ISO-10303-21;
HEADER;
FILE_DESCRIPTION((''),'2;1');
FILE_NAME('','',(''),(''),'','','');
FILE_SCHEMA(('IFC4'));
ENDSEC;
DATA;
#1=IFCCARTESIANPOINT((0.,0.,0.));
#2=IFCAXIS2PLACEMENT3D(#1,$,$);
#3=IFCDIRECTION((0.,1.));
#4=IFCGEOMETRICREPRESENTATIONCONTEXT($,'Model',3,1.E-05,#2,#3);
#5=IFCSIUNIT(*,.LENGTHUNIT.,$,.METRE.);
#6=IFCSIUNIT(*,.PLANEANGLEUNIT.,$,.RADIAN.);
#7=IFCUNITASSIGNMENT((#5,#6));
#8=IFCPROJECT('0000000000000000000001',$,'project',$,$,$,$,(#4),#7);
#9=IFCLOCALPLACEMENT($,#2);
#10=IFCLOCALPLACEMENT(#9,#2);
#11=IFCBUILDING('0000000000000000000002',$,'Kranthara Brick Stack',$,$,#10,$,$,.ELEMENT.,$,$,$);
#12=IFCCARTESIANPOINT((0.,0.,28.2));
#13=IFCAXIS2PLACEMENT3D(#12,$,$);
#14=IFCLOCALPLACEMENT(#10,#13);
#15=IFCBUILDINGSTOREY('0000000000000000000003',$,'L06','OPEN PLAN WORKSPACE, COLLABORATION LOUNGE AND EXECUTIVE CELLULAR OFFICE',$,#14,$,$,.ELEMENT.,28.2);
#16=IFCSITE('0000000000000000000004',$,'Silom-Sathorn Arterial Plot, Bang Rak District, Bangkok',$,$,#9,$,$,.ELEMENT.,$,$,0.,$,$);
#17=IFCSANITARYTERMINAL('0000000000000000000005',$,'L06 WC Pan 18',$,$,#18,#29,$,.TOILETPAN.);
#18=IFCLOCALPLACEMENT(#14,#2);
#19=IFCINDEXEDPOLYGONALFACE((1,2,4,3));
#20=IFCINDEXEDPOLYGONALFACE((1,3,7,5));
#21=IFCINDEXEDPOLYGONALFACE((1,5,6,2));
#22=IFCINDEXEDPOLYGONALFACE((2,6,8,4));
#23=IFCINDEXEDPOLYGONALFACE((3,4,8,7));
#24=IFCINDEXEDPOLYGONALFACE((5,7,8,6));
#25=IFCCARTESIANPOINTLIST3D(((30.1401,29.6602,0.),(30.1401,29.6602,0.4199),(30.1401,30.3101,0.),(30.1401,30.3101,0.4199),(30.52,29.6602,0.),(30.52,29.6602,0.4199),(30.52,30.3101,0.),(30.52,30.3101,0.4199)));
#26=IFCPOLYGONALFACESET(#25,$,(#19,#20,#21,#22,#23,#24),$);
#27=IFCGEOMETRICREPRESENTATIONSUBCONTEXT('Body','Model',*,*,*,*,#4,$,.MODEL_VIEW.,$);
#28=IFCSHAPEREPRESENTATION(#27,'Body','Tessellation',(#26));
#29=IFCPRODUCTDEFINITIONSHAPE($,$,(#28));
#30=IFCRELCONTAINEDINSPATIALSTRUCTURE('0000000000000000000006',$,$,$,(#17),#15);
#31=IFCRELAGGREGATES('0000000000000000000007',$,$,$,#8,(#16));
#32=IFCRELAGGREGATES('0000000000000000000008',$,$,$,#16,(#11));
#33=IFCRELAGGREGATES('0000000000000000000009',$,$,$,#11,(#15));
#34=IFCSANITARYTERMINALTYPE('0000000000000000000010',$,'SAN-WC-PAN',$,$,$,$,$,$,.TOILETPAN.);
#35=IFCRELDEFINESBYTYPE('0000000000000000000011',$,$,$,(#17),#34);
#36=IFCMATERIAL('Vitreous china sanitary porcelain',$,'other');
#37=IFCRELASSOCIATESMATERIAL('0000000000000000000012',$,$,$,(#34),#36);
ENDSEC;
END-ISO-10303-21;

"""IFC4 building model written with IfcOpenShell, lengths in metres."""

from ifc_helpers import new_model, si_unit, direction, frame, origin, origin_2d, place, context, subcontext, project, spatial, rectangle, extrude, material, type_object, element, save


model = new_model("IFC4")

# Units and contexts
model_context = context("Model", 3, precision=1e-05, world=origin(), true_north=direction((0.0, 1.0)))
body_context = subcontext(model_context, "Body", "Model", "MODEL_VIEW")
ifc_project = project(units=[si_unit("LENGTHUNIT", "METRE"), si_unit("PLANEANGLEUNIT", "RADIAN")], contexts=[model_context])

# Site, building, storey
site_placement = place(None, origin())
site = spatial("IfcSite", under=ifc_project, at=site_placement, Name="Silom-Sathorn Arterial Plot, Bang Rak District, Bangkok", CompositionType="ELEMENT", RefElevation=0.0)
building_placement = place(site_placement, origin())
building = spatial("IfcBuilding", under=site, at=building_placement, Name="Kranthara Brick Stack", CompositionType="ELEMENT")
storey_placement = place(building_placement, frame((0.0, 0.0, 28.2)))
storey = spatial("IfcBuildingStorey", under=building, at=storey_placement, Name="L06", Description="OPEN PLAN WORKSPACE, COLLABORATION LOUNGE AND EXECUTIVE CELLULAR OFFICE", CompositionType="ELEMENT", Elevation=28.2)

# Sanitary terminal
ifc_material_1 = material(Name="Vitreous china sanitary porcelain", Category="other")
sanitary_terminal_type_1 = type_object("IfcSanitaryTerminalType", Name="SAN-WC-PAN", PredefinedType="TOILETPAN", material=ifc_material_1)
for number, where, z_axis, x_axis, name in (
    (1, (30.3301, 29.9851, 0.0), (0.0, 0.0, 1.0), (1.0, 0.0, 0.0), "L06 WC Pan 18"),
):
    element("IfcSanitaryTerminal", number, at=place(storey_placement, frame(where, z_axis=z_axis, x_axis=x_axis)), inside=storey, type_object=sanitary_terminal_type_1, Name=name, PredefinedType="TOILETPAN", context=body_context, shape_type="SweptSolid", body=[
        extrude(rectangle(XDim=0.3799, YDim=0.6499, at=origin_2d()), origin(), (0.0, 0.0, 1.0), 0.4199),
    ])

save(model, "model.ifc")
